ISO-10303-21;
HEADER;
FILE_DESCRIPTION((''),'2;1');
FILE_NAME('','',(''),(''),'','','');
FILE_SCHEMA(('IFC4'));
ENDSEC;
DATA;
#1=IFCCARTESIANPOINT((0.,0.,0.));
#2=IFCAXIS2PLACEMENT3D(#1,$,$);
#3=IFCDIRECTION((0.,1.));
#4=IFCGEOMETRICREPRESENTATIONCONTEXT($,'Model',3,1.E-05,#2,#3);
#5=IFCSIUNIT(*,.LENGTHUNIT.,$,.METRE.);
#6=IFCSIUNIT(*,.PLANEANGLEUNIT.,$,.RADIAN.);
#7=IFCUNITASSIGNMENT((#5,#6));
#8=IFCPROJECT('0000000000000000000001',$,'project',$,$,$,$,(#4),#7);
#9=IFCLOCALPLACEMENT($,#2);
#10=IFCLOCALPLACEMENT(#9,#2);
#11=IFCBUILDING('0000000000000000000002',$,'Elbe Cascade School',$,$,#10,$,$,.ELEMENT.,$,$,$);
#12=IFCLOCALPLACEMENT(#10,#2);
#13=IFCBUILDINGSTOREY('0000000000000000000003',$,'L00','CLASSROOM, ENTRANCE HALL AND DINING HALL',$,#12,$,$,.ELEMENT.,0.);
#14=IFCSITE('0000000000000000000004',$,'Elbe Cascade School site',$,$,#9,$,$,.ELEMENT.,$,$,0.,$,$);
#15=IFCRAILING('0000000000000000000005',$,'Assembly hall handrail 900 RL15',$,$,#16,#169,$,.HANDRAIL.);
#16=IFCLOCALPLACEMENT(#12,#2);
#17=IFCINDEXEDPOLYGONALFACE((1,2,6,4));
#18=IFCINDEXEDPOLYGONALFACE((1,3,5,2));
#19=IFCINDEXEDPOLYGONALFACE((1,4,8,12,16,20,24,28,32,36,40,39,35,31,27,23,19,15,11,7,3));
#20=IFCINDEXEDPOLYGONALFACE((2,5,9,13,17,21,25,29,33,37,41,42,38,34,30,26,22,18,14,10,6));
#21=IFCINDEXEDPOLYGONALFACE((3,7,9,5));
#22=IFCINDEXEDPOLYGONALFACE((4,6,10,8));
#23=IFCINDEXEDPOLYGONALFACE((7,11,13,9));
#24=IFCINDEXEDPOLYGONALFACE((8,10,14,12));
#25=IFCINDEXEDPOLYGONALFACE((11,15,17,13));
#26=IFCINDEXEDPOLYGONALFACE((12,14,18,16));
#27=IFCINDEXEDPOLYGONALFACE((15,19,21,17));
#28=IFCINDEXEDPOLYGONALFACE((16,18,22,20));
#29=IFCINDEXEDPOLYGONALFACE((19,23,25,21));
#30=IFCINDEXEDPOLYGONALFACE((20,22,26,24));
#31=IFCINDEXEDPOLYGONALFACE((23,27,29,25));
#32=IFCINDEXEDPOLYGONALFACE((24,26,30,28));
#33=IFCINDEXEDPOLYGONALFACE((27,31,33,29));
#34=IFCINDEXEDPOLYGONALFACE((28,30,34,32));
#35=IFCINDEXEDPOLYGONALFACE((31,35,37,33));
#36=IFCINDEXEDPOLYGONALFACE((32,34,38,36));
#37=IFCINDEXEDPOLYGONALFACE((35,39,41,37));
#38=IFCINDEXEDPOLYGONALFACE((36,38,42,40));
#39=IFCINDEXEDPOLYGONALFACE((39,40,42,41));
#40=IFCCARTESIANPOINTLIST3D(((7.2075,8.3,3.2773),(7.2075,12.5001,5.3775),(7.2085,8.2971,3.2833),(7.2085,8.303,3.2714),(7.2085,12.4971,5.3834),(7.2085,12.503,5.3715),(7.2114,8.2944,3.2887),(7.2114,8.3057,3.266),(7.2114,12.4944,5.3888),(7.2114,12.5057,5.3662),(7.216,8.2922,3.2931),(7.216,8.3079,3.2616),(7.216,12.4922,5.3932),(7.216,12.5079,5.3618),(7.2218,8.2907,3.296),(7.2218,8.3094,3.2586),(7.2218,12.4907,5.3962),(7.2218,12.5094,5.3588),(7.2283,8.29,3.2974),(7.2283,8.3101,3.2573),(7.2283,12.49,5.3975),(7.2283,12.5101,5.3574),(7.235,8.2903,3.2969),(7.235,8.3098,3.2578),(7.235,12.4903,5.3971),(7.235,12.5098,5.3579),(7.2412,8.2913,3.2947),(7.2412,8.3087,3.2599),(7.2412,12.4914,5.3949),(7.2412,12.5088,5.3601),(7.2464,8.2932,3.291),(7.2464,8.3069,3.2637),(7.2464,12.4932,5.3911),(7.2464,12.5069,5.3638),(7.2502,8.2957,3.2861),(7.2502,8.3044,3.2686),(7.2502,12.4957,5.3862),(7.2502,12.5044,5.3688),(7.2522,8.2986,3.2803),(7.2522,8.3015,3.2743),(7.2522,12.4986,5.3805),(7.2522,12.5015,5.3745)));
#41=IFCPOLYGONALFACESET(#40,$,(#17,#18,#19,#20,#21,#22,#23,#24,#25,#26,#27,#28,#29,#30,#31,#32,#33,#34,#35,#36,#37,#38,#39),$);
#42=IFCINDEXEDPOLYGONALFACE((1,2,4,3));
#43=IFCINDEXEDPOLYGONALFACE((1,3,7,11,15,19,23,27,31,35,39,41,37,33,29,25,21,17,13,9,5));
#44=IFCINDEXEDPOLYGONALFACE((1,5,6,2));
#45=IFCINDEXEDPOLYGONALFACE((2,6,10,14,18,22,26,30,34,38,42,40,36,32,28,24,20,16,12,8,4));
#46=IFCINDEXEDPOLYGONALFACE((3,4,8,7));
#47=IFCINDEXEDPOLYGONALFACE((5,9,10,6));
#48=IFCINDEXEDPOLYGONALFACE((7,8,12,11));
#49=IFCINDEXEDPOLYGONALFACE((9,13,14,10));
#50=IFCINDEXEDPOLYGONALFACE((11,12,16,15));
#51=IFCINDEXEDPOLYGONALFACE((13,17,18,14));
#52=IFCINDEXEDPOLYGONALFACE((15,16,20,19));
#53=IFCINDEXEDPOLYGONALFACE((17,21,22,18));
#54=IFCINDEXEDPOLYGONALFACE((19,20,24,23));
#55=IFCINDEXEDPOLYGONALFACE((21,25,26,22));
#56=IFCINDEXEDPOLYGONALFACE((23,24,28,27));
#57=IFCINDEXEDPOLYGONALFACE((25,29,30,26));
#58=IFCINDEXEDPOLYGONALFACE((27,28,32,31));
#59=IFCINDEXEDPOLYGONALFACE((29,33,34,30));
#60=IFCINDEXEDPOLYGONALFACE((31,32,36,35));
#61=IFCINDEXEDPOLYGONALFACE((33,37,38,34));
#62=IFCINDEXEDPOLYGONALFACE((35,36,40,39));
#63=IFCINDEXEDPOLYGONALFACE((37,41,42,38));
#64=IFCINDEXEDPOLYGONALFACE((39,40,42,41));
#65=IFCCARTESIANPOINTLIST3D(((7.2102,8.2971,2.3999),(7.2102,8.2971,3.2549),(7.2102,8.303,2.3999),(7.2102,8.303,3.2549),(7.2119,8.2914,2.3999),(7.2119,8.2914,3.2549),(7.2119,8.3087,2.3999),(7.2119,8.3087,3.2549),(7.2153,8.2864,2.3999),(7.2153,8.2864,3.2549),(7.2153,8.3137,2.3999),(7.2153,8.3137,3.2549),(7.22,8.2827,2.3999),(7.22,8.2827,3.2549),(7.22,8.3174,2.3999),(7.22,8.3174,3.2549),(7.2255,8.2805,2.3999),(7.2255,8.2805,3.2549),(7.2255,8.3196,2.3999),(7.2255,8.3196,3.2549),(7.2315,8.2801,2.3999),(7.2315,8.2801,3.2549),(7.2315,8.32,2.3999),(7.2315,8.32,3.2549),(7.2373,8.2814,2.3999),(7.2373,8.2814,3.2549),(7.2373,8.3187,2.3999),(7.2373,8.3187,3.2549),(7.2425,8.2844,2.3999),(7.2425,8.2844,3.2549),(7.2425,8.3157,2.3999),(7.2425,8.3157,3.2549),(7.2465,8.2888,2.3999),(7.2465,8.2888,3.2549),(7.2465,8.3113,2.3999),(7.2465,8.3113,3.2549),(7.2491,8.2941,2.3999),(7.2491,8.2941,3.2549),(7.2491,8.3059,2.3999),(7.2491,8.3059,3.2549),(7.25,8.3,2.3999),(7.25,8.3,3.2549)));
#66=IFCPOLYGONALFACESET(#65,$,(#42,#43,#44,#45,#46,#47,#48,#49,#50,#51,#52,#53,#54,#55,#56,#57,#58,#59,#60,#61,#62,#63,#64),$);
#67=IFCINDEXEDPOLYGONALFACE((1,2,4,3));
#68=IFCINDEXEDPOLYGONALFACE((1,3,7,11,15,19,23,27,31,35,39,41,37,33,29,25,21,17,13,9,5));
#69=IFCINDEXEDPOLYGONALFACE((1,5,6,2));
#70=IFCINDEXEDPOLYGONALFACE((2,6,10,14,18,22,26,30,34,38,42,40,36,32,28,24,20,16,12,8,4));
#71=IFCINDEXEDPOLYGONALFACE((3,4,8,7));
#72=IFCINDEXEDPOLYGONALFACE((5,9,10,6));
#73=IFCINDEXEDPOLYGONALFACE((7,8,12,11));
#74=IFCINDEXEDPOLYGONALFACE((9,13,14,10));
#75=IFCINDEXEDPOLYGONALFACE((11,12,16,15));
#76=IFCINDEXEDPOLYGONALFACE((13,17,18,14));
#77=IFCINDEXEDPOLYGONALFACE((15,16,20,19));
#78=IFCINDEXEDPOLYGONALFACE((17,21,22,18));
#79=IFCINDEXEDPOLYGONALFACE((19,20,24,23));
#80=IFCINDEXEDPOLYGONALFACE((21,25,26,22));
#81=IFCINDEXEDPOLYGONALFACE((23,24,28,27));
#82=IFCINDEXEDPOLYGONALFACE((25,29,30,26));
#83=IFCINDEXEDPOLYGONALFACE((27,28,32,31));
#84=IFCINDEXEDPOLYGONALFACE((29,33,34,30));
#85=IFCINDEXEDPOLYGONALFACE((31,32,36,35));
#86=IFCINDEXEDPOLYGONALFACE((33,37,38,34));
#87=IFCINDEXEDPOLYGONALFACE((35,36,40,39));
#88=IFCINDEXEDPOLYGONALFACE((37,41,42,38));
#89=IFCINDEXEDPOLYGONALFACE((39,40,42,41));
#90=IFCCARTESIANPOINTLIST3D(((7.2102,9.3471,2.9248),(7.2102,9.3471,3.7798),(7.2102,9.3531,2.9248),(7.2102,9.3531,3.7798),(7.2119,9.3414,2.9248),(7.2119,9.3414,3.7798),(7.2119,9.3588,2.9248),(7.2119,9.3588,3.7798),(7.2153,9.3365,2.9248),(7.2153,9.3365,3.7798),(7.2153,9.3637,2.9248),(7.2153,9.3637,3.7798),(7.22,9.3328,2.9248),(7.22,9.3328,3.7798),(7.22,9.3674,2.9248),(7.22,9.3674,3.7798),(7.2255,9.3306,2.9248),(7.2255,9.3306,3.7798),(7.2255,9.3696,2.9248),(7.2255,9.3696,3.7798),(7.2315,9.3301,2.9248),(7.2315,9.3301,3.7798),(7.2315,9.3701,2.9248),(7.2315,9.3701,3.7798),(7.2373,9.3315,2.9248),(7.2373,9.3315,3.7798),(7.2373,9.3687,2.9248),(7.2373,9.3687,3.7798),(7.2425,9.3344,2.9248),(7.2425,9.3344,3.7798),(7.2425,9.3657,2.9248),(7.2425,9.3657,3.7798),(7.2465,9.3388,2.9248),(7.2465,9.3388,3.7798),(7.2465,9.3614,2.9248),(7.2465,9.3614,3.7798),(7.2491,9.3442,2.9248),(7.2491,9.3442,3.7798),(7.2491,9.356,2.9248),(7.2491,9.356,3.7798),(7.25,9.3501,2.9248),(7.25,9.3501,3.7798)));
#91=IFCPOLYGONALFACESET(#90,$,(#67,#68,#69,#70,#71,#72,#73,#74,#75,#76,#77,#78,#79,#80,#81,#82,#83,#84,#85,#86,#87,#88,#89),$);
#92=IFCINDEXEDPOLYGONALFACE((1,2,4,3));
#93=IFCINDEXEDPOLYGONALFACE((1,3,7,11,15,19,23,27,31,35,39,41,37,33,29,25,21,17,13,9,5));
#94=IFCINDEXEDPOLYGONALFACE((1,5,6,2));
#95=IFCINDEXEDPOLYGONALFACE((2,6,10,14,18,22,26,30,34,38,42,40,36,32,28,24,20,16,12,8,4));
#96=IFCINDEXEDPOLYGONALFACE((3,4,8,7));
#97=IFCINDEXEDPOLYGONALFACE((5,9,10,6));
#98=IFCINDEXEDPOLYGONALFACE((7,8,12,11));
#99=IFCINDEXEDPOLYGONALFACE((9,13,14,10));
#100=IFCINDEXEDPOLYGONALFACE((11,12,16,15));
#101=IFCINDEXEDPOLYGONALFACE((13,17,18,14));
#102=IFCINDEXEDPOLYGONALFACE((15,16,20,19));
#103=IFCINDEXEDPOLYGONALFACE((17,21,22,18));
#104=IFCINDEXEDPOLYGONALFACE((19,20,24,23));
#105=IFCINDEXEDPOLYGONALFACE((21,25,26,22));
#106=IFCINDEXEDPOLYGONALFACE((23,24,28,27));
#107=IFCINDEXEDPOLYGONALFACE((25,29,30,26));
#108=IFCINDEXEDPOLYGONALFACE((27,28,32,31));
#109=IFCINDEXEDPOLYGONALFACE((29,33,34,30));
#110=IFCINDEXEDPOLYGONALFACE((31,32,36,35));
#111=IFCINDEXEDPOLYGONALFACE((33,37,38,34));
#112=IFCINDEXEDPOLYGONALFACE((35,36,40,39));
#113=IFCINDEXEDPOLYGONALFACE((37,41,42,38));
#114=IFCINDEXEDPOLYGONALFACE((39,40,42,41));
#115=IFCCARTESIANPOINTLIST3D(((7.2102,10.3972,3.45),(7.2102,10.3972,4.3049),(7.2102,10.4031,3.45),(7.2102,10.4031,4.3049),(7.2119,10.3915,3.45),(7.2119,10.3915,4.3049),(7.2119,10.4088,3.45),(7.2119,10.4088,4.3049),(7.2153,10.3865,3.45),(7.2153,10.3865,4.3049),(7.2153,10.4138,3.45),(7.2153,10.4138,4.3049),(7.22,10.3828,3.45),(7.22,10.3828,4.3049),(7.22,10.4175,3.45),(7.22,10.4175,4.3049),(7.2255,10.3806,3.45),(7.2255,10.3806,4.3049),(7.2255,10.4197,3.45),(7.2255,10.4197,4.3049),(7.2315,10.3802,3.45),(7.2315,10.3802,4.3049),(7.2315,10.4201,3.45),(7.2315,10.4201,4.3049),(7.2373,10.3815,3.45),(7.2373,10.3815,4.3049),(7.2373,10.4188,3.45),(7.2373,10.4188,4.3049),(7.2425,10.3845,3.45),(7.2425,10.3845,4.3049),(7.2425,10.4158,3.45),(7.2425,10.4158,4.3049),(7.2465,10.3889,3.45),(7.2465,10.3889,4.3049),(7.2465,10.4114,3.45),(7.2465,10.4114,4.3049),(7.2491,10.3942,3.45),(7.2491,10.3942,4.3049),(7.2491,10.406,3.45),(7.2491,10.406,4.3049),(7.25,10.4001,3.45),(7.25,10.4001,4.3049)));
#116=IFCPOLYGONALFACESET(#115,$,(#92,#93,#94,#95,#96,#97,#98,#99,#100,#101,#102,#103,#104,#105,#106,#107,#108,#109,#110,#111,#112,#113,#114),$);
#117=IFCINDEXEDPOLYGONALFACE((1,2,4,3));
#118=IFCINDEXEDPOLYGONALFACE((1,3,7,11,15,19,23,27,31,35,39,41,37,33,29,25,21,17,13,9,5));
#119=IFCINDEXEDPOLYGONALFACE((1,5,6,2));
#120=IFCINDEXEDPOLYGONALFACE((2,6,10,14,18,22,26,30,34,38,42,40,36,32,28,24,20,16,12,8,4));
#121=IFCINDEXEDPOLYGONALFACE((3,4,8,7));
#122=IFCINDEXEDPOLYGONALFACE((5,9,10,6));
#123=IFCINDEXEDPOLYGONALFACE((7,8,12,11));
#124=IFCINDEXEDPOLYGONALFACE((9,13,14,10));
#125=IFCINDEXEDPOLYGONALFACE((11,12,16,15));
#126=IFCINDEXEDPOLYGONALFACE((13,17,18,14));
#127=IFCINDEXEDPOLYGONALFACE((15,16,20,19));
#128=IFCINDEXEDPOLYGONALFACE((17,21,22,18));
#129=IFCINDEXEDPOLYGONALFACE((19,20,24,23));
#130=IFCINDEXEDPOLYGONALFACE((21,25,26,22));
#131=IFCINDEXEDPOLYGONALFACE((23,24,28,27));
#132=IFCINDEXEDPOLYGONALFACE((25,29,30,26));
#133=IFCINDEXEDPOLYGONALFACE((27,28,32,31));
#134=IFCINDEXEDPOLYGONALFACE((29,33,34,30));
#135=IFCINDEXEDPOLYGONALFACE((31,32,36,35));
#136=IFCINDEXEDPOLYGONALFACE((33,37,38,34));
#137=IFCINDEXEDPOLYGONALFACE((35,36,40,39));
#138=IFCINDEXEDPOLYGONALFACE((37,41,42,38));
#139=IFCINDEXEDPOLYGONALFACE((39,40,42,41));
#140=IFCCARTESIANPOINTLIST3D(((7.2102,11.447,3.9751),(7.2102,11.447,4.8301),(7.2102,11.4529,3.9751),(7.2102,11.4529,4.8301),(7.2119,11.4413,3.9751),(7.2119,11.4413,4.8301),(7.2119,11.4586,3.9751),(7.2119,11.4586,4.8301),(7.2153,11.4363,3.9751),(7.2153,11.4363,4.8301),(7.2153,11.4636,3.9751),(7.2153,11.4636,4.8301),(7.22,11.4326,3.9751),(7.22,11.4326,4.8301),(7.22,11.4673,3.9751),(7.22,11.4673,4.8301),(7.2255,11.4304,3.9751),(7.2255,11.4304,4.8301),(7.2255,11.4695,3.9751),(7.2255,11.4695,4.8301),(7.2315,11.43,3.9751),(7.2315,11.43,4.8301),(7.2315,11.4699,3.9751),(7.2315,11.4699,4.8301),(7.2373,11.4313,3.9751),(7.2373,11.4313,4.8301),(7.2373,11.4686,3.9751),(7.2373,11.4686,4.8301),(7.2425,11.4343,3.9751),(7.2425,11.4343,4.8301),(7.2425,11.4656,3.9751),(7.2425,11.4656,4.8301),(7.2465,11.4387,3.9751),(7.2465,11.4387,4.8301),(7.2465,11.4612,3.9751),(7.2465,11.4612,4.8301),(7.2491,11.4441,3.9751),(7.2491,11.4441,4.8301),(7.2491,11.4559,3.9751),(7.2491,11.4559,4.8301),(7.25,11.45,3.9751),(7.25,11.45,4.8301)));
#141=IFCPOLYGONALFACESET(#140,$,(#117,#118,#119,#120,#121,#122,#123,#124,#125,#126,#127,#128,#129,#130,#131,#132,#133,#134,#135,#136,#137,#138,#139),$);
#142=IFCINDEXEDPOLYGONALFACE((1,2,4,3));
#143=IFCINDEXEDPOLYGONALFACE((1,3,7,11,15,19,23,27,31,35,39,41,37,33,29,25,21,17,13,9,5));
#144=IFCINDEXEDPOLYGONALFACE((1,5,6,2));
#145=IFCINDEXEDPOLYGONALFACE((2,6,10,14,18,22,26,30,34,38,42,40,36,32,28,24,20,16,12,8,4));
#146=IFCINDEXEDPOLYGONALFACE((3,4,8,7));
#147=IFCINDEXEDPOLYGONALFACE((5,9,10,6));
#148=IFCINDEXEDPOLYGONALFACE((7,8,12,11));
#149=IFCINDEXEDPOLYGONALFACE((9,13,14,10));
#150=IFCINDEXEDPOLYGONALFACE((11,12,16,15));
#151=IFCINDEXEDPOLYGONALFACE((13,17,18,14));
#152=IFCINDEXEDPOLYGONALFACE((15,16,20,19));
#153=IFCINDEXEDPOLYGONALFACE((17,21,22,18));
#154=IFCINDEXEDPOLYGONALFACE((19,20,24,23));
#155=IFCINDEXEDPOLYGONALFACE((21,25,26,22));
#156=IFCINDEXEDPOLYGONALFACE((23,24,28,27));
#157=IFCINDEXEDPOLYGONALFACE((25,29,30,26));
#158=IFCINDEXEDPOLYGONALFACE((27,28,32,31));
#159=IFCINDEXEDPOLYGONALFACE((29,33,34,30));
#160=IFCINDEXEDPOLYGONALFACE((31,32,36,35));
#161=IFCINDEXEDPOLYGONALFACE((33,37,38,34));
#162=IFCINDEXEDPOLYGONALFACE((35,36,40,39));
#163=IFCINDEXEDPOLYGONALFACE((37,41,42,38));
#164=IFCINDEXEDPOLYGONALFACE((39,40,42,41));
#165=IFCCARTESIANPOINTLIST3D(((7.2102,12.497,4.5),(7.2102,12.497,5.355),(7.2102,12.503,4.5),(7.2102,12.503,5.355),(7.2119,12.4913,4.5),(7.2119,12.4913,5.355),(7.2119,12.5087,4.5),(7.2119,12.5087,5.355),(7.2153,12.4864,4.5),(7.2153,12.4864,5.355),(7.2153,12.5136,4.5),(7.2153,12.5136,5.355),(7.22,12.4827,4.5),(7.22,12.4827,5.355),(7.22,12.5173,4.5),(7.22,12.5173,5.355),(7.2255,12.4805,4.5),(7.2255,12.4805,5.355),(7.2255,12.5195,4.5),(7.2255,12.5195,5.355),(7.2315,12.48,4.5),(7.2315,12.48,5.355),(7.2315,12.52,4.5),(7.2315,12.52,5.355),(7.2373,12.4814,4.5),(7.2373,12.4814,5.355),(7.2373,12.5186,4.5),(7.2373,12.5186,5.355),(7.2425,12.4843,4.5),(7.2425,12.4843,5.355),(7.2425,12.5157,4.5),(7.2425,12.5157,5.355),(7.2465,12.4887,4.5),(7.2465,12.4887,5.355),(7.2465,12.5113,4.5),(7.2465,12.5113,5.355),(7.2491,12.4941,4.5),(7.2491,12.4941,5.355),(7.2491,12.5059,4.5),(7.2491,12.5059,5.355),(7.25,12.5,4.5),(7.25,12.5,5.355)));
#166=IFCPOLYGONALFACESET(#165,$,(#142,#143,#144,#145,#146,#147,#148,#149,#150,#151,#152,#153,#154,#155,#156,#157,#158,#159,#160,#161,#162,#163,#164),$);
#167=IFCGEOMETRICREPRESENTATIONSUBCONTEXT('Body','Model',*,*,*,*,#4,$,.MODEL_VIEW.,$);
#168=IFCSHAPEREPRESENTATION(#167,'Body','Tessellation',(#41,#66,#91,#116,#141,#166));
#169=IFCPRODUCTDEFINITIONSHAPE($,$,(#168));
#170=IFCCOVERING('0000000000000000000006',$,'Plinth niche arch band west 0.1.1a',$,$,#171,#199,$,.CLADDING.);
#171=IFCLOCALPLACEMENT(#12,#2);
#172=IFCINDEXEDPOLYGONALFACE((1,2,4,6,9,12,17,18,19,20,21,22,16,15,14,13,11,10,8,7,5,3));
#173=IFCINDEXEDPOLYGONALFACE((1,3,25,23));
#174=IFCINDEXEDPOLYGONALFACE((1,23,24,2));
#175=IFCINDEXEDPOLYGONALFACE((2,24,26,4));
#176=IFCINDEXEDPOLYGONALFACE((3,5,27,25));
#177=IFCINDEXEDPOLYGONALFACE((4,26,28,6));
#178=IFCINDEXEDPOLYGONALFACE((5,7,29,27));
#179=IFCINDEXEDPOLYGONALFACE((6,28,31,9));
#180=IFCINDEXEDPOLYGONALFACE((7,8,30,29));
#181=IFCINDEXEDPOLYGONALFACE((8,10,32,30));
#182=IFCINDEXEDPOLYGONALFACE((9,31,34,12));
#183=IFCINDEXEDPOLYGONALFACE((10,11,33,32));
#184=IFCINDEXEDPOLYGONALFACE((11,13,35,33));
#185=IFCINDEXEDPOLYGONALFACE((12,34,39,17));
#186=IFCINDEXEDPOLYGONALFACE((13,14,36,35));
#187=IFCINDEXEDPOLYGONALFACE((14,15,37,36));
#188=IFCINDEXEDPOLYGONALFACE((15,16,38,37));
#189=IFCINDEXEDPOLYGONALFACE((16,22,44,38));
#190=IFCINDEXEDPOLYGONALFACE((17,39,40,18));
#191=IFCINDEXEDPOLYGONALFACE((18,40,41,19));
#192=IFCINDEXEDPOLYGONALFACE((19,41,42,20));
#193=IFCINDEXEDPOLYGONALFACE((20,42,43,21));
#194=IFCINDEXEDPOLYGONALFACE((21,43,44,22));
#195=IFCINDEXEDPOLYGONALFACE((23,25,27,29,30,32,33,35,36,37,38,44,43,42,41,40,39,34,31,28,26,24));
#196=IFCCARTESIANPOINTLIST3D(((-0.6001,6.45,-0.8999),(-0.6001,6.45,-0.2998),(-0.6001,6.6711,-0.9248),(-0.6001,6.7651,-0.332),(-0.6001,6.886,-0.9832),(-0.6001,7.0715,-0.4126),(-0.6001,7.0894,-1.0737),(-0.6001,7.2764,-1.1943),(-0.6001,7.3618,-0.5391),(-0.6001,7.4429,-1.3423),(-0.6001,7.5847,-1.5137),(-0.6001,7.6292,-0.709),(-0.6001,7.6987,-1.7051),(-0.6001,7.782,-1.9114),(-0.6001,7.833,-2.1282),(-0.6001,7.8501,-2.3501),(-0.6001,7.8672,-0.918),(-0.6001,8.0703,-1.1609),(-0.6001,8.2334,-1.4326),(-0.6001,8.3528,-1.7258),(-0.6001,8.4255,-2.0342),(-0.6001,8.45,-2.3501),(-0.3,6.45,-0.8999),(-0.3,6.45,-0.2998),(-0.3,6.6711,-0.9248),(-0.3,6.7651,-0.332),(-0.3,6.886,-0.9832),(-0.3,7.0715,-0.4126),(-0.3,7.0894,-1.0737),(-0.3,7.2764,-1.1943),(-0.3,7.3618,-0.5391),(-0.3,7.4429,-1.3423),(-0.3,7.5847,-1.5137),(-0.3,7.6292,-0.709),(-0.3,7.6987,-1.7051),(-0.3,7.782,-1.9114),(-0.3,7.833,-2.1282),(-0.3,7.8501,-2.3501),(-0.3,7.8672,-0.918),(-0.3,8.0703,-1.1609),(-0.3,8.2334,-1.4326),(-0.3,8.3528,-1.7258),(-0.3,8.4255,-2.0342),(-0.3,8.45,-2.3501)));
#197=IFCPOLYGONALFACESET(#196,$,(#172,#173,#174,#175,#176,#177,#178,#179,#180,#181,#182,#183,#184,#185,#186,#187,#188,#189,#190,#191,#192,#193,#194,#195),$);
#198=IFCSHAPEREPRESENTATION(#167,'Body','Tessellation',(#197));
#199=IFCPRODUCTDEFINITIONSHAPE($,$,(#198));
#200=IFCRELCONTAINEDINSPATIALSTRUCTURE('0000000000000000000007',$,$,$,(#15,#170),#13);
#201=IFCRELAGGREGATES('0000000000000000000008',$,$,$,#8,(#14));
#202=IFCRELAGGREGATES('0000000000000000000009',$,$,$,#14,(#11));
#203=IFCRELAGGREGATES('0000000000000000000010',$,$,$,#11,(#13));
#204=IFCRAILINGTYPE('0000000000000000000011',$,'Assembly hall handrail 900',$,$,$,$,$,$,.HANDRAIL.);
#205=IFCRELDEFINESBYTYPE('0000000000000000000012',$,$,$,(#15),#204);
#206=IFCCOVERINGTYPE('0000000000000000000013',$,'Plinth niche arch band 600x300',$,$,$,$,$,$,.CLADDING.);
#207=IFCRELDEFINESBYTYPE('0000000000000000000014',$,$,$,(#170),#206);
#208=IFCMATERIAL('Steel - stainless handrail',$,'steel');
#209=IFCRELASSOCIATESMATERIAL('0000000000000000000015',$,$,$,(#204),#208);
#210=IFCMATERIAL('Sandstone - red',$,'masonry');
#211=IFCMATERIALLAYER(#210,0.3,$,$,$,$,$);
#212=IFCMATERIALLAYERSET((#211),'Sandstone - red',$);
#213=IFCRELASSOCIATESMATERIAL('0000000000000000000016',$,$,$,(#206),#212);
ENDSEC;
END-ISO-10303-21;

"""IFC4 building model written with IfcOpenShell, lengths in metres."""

from ifc_helpers import new_model, si_unit, direction, frame, origin, origin_2d, place, context, subcontext, project, spatial, polyline, circle, outline, extrude, material, layer, layer_set, type_object, element, save


model = new_model("IFC4")

# Units and contexts
model_context = context("Model", 3, precision=1e-05, world=origin(), true_north=direction((0.0, 1.0)))
body_context = subcontext(model_context, "Body", "Model", "MODEL_VIEW")
ifc_project = project(units=[si_unit("LENGTHUNIT", "METRE"), si_unit("PLANEANGLEUNIT", "RADIAN")], contexts=[model_context])

# Site, building, storey
site_placement = place(None, origin())
site = spatial("IfcSite", under=ifc_project, at=site_placement, Name="Elbe Cascade School site", CompositionType="ELEMENT", RefElevation=0.0)
building_placement = place(site_placement, origin())
building = spatial("IfcBuilding", under=site, at=building_placement, Name="Elbe Cascade School", CompositionType="ELEMENT")
storey_placement = place(building_placement, origin())
storey = spatial("IfcBuildingStorey", under=building, at=storey_placement, Name="L00", Description="CLASSROOM, ENTRANCE HALL AND DINING HALL", CompositionType="ELEMENT", Elevation=0.0)

# Railing
ifc_material_1 = material(Name="Steel - stainless handrail", Category="steel")
railing_type = type_object("IfcRailingType", Name="Assembly hall handrail 900", PredefinedType="HANDRAIL", material=ifc_material_1)
railing_placement = place(storey_placement, frame((7.23, 8.3, 2.3999)))
element("IfcRailing", 1, at=railing_placement, inside=storey, type_object=railing_type, Name="Assembly hall handrail 900 RL15", PredefinedType="HANDRAIL", context=body_context, shape_type="SweptSolid", body=[
    extrude(circle(Radius=0.0225, at=origin_2d()), frame((0.0, 0.0, 0.8774), z_axis=(0.0, 0.894417, 0.447234), x_axis=(-1.0, 0.0, 0.0)), (0.0, 0.0, 1.0), 4.6958),
    extrude(circle(Radius=0.02, at=origin_2d()), origin(), (0.0, 0.0, 1.0), 0.855),
    extrude(circle(Radius=0.02, at=origin_2d()), frame((0.0, 1.05, 0.5249)), (0.0, 0.0, 1.0), 0.855),
    extrude(circle(Radius=0.02, at=origin_2d()), frame((0.0, 2.1001, 1.05)), (0.0, 0.0, 1.0), 0.855),
    extrude(circle(Radius=0.02, at=origin_2d()), frame((0.0, 3.1499, 1.5752)), (0.0, 0.0, 1.0), 0.855),
    extrude(circle(Radius=0.02, at=origin_2d()), frame((0.0, 4.2, 2.1001)), (0.0, 0.0, 1.0), 0.855),
])

# Covering
ifc_material_2 = material(Name="Sandstone - red", Category="masonry")
ifc_layer_1 = layer(ifc_material_2, 0.3)
ifc_layer_set_1 = layer_set([ifc_layer_1], Name="Sandstone - red")
covering_type = type_object("IfcCoveringType", Name="Plinth niche arch band 600x300", PredefinedType="CLADDING", material=ifc_layer_set_1)
covering_1_placement = place(storey_placement, frame((-0.6001, 8.45, -2.3501), z_axis=(-1.0, 0.0, 0.0), x_axis=(0.0, -1.0, 0.0)))
element("IfcCovering", 2, at=covering_1_placement, inside=storey, type_object=covering_type, Name="Plinth niche arch band west 0.1.1a", PredefinedType="CLADDING", context=body_context, shape_type="SweptSolid", body=[
    extrude(outline(polyline([(0.0, 0.0), (0.5999, 0.0), (0.6169, 0.2219), (0.668, 0.4387), (0.7512, 0.645), (0.8652, 0.8364), (1.0071, 1.0078), (1.1736, 1.1558), (1.3606, 1.2764), (1.564, 1.3669), (1.7788, 1.4253), (2.0, 1.4502), (2.0, 2.0503), (1.6848, 2.0181), (1.3784, 1.9375), (1.0881, 1.811), (0.8208, 1.6411), (0.5828, 1.4321), (0.3796, 1.1892), (0.2166, 0.9175), (0.0972, 0.6243), (0.0244, 0.3159), (0.0, 0.0)])), origin(), (0.0, 0.0, -1.0), 0.3),
])

save(model, "model.ifc")
